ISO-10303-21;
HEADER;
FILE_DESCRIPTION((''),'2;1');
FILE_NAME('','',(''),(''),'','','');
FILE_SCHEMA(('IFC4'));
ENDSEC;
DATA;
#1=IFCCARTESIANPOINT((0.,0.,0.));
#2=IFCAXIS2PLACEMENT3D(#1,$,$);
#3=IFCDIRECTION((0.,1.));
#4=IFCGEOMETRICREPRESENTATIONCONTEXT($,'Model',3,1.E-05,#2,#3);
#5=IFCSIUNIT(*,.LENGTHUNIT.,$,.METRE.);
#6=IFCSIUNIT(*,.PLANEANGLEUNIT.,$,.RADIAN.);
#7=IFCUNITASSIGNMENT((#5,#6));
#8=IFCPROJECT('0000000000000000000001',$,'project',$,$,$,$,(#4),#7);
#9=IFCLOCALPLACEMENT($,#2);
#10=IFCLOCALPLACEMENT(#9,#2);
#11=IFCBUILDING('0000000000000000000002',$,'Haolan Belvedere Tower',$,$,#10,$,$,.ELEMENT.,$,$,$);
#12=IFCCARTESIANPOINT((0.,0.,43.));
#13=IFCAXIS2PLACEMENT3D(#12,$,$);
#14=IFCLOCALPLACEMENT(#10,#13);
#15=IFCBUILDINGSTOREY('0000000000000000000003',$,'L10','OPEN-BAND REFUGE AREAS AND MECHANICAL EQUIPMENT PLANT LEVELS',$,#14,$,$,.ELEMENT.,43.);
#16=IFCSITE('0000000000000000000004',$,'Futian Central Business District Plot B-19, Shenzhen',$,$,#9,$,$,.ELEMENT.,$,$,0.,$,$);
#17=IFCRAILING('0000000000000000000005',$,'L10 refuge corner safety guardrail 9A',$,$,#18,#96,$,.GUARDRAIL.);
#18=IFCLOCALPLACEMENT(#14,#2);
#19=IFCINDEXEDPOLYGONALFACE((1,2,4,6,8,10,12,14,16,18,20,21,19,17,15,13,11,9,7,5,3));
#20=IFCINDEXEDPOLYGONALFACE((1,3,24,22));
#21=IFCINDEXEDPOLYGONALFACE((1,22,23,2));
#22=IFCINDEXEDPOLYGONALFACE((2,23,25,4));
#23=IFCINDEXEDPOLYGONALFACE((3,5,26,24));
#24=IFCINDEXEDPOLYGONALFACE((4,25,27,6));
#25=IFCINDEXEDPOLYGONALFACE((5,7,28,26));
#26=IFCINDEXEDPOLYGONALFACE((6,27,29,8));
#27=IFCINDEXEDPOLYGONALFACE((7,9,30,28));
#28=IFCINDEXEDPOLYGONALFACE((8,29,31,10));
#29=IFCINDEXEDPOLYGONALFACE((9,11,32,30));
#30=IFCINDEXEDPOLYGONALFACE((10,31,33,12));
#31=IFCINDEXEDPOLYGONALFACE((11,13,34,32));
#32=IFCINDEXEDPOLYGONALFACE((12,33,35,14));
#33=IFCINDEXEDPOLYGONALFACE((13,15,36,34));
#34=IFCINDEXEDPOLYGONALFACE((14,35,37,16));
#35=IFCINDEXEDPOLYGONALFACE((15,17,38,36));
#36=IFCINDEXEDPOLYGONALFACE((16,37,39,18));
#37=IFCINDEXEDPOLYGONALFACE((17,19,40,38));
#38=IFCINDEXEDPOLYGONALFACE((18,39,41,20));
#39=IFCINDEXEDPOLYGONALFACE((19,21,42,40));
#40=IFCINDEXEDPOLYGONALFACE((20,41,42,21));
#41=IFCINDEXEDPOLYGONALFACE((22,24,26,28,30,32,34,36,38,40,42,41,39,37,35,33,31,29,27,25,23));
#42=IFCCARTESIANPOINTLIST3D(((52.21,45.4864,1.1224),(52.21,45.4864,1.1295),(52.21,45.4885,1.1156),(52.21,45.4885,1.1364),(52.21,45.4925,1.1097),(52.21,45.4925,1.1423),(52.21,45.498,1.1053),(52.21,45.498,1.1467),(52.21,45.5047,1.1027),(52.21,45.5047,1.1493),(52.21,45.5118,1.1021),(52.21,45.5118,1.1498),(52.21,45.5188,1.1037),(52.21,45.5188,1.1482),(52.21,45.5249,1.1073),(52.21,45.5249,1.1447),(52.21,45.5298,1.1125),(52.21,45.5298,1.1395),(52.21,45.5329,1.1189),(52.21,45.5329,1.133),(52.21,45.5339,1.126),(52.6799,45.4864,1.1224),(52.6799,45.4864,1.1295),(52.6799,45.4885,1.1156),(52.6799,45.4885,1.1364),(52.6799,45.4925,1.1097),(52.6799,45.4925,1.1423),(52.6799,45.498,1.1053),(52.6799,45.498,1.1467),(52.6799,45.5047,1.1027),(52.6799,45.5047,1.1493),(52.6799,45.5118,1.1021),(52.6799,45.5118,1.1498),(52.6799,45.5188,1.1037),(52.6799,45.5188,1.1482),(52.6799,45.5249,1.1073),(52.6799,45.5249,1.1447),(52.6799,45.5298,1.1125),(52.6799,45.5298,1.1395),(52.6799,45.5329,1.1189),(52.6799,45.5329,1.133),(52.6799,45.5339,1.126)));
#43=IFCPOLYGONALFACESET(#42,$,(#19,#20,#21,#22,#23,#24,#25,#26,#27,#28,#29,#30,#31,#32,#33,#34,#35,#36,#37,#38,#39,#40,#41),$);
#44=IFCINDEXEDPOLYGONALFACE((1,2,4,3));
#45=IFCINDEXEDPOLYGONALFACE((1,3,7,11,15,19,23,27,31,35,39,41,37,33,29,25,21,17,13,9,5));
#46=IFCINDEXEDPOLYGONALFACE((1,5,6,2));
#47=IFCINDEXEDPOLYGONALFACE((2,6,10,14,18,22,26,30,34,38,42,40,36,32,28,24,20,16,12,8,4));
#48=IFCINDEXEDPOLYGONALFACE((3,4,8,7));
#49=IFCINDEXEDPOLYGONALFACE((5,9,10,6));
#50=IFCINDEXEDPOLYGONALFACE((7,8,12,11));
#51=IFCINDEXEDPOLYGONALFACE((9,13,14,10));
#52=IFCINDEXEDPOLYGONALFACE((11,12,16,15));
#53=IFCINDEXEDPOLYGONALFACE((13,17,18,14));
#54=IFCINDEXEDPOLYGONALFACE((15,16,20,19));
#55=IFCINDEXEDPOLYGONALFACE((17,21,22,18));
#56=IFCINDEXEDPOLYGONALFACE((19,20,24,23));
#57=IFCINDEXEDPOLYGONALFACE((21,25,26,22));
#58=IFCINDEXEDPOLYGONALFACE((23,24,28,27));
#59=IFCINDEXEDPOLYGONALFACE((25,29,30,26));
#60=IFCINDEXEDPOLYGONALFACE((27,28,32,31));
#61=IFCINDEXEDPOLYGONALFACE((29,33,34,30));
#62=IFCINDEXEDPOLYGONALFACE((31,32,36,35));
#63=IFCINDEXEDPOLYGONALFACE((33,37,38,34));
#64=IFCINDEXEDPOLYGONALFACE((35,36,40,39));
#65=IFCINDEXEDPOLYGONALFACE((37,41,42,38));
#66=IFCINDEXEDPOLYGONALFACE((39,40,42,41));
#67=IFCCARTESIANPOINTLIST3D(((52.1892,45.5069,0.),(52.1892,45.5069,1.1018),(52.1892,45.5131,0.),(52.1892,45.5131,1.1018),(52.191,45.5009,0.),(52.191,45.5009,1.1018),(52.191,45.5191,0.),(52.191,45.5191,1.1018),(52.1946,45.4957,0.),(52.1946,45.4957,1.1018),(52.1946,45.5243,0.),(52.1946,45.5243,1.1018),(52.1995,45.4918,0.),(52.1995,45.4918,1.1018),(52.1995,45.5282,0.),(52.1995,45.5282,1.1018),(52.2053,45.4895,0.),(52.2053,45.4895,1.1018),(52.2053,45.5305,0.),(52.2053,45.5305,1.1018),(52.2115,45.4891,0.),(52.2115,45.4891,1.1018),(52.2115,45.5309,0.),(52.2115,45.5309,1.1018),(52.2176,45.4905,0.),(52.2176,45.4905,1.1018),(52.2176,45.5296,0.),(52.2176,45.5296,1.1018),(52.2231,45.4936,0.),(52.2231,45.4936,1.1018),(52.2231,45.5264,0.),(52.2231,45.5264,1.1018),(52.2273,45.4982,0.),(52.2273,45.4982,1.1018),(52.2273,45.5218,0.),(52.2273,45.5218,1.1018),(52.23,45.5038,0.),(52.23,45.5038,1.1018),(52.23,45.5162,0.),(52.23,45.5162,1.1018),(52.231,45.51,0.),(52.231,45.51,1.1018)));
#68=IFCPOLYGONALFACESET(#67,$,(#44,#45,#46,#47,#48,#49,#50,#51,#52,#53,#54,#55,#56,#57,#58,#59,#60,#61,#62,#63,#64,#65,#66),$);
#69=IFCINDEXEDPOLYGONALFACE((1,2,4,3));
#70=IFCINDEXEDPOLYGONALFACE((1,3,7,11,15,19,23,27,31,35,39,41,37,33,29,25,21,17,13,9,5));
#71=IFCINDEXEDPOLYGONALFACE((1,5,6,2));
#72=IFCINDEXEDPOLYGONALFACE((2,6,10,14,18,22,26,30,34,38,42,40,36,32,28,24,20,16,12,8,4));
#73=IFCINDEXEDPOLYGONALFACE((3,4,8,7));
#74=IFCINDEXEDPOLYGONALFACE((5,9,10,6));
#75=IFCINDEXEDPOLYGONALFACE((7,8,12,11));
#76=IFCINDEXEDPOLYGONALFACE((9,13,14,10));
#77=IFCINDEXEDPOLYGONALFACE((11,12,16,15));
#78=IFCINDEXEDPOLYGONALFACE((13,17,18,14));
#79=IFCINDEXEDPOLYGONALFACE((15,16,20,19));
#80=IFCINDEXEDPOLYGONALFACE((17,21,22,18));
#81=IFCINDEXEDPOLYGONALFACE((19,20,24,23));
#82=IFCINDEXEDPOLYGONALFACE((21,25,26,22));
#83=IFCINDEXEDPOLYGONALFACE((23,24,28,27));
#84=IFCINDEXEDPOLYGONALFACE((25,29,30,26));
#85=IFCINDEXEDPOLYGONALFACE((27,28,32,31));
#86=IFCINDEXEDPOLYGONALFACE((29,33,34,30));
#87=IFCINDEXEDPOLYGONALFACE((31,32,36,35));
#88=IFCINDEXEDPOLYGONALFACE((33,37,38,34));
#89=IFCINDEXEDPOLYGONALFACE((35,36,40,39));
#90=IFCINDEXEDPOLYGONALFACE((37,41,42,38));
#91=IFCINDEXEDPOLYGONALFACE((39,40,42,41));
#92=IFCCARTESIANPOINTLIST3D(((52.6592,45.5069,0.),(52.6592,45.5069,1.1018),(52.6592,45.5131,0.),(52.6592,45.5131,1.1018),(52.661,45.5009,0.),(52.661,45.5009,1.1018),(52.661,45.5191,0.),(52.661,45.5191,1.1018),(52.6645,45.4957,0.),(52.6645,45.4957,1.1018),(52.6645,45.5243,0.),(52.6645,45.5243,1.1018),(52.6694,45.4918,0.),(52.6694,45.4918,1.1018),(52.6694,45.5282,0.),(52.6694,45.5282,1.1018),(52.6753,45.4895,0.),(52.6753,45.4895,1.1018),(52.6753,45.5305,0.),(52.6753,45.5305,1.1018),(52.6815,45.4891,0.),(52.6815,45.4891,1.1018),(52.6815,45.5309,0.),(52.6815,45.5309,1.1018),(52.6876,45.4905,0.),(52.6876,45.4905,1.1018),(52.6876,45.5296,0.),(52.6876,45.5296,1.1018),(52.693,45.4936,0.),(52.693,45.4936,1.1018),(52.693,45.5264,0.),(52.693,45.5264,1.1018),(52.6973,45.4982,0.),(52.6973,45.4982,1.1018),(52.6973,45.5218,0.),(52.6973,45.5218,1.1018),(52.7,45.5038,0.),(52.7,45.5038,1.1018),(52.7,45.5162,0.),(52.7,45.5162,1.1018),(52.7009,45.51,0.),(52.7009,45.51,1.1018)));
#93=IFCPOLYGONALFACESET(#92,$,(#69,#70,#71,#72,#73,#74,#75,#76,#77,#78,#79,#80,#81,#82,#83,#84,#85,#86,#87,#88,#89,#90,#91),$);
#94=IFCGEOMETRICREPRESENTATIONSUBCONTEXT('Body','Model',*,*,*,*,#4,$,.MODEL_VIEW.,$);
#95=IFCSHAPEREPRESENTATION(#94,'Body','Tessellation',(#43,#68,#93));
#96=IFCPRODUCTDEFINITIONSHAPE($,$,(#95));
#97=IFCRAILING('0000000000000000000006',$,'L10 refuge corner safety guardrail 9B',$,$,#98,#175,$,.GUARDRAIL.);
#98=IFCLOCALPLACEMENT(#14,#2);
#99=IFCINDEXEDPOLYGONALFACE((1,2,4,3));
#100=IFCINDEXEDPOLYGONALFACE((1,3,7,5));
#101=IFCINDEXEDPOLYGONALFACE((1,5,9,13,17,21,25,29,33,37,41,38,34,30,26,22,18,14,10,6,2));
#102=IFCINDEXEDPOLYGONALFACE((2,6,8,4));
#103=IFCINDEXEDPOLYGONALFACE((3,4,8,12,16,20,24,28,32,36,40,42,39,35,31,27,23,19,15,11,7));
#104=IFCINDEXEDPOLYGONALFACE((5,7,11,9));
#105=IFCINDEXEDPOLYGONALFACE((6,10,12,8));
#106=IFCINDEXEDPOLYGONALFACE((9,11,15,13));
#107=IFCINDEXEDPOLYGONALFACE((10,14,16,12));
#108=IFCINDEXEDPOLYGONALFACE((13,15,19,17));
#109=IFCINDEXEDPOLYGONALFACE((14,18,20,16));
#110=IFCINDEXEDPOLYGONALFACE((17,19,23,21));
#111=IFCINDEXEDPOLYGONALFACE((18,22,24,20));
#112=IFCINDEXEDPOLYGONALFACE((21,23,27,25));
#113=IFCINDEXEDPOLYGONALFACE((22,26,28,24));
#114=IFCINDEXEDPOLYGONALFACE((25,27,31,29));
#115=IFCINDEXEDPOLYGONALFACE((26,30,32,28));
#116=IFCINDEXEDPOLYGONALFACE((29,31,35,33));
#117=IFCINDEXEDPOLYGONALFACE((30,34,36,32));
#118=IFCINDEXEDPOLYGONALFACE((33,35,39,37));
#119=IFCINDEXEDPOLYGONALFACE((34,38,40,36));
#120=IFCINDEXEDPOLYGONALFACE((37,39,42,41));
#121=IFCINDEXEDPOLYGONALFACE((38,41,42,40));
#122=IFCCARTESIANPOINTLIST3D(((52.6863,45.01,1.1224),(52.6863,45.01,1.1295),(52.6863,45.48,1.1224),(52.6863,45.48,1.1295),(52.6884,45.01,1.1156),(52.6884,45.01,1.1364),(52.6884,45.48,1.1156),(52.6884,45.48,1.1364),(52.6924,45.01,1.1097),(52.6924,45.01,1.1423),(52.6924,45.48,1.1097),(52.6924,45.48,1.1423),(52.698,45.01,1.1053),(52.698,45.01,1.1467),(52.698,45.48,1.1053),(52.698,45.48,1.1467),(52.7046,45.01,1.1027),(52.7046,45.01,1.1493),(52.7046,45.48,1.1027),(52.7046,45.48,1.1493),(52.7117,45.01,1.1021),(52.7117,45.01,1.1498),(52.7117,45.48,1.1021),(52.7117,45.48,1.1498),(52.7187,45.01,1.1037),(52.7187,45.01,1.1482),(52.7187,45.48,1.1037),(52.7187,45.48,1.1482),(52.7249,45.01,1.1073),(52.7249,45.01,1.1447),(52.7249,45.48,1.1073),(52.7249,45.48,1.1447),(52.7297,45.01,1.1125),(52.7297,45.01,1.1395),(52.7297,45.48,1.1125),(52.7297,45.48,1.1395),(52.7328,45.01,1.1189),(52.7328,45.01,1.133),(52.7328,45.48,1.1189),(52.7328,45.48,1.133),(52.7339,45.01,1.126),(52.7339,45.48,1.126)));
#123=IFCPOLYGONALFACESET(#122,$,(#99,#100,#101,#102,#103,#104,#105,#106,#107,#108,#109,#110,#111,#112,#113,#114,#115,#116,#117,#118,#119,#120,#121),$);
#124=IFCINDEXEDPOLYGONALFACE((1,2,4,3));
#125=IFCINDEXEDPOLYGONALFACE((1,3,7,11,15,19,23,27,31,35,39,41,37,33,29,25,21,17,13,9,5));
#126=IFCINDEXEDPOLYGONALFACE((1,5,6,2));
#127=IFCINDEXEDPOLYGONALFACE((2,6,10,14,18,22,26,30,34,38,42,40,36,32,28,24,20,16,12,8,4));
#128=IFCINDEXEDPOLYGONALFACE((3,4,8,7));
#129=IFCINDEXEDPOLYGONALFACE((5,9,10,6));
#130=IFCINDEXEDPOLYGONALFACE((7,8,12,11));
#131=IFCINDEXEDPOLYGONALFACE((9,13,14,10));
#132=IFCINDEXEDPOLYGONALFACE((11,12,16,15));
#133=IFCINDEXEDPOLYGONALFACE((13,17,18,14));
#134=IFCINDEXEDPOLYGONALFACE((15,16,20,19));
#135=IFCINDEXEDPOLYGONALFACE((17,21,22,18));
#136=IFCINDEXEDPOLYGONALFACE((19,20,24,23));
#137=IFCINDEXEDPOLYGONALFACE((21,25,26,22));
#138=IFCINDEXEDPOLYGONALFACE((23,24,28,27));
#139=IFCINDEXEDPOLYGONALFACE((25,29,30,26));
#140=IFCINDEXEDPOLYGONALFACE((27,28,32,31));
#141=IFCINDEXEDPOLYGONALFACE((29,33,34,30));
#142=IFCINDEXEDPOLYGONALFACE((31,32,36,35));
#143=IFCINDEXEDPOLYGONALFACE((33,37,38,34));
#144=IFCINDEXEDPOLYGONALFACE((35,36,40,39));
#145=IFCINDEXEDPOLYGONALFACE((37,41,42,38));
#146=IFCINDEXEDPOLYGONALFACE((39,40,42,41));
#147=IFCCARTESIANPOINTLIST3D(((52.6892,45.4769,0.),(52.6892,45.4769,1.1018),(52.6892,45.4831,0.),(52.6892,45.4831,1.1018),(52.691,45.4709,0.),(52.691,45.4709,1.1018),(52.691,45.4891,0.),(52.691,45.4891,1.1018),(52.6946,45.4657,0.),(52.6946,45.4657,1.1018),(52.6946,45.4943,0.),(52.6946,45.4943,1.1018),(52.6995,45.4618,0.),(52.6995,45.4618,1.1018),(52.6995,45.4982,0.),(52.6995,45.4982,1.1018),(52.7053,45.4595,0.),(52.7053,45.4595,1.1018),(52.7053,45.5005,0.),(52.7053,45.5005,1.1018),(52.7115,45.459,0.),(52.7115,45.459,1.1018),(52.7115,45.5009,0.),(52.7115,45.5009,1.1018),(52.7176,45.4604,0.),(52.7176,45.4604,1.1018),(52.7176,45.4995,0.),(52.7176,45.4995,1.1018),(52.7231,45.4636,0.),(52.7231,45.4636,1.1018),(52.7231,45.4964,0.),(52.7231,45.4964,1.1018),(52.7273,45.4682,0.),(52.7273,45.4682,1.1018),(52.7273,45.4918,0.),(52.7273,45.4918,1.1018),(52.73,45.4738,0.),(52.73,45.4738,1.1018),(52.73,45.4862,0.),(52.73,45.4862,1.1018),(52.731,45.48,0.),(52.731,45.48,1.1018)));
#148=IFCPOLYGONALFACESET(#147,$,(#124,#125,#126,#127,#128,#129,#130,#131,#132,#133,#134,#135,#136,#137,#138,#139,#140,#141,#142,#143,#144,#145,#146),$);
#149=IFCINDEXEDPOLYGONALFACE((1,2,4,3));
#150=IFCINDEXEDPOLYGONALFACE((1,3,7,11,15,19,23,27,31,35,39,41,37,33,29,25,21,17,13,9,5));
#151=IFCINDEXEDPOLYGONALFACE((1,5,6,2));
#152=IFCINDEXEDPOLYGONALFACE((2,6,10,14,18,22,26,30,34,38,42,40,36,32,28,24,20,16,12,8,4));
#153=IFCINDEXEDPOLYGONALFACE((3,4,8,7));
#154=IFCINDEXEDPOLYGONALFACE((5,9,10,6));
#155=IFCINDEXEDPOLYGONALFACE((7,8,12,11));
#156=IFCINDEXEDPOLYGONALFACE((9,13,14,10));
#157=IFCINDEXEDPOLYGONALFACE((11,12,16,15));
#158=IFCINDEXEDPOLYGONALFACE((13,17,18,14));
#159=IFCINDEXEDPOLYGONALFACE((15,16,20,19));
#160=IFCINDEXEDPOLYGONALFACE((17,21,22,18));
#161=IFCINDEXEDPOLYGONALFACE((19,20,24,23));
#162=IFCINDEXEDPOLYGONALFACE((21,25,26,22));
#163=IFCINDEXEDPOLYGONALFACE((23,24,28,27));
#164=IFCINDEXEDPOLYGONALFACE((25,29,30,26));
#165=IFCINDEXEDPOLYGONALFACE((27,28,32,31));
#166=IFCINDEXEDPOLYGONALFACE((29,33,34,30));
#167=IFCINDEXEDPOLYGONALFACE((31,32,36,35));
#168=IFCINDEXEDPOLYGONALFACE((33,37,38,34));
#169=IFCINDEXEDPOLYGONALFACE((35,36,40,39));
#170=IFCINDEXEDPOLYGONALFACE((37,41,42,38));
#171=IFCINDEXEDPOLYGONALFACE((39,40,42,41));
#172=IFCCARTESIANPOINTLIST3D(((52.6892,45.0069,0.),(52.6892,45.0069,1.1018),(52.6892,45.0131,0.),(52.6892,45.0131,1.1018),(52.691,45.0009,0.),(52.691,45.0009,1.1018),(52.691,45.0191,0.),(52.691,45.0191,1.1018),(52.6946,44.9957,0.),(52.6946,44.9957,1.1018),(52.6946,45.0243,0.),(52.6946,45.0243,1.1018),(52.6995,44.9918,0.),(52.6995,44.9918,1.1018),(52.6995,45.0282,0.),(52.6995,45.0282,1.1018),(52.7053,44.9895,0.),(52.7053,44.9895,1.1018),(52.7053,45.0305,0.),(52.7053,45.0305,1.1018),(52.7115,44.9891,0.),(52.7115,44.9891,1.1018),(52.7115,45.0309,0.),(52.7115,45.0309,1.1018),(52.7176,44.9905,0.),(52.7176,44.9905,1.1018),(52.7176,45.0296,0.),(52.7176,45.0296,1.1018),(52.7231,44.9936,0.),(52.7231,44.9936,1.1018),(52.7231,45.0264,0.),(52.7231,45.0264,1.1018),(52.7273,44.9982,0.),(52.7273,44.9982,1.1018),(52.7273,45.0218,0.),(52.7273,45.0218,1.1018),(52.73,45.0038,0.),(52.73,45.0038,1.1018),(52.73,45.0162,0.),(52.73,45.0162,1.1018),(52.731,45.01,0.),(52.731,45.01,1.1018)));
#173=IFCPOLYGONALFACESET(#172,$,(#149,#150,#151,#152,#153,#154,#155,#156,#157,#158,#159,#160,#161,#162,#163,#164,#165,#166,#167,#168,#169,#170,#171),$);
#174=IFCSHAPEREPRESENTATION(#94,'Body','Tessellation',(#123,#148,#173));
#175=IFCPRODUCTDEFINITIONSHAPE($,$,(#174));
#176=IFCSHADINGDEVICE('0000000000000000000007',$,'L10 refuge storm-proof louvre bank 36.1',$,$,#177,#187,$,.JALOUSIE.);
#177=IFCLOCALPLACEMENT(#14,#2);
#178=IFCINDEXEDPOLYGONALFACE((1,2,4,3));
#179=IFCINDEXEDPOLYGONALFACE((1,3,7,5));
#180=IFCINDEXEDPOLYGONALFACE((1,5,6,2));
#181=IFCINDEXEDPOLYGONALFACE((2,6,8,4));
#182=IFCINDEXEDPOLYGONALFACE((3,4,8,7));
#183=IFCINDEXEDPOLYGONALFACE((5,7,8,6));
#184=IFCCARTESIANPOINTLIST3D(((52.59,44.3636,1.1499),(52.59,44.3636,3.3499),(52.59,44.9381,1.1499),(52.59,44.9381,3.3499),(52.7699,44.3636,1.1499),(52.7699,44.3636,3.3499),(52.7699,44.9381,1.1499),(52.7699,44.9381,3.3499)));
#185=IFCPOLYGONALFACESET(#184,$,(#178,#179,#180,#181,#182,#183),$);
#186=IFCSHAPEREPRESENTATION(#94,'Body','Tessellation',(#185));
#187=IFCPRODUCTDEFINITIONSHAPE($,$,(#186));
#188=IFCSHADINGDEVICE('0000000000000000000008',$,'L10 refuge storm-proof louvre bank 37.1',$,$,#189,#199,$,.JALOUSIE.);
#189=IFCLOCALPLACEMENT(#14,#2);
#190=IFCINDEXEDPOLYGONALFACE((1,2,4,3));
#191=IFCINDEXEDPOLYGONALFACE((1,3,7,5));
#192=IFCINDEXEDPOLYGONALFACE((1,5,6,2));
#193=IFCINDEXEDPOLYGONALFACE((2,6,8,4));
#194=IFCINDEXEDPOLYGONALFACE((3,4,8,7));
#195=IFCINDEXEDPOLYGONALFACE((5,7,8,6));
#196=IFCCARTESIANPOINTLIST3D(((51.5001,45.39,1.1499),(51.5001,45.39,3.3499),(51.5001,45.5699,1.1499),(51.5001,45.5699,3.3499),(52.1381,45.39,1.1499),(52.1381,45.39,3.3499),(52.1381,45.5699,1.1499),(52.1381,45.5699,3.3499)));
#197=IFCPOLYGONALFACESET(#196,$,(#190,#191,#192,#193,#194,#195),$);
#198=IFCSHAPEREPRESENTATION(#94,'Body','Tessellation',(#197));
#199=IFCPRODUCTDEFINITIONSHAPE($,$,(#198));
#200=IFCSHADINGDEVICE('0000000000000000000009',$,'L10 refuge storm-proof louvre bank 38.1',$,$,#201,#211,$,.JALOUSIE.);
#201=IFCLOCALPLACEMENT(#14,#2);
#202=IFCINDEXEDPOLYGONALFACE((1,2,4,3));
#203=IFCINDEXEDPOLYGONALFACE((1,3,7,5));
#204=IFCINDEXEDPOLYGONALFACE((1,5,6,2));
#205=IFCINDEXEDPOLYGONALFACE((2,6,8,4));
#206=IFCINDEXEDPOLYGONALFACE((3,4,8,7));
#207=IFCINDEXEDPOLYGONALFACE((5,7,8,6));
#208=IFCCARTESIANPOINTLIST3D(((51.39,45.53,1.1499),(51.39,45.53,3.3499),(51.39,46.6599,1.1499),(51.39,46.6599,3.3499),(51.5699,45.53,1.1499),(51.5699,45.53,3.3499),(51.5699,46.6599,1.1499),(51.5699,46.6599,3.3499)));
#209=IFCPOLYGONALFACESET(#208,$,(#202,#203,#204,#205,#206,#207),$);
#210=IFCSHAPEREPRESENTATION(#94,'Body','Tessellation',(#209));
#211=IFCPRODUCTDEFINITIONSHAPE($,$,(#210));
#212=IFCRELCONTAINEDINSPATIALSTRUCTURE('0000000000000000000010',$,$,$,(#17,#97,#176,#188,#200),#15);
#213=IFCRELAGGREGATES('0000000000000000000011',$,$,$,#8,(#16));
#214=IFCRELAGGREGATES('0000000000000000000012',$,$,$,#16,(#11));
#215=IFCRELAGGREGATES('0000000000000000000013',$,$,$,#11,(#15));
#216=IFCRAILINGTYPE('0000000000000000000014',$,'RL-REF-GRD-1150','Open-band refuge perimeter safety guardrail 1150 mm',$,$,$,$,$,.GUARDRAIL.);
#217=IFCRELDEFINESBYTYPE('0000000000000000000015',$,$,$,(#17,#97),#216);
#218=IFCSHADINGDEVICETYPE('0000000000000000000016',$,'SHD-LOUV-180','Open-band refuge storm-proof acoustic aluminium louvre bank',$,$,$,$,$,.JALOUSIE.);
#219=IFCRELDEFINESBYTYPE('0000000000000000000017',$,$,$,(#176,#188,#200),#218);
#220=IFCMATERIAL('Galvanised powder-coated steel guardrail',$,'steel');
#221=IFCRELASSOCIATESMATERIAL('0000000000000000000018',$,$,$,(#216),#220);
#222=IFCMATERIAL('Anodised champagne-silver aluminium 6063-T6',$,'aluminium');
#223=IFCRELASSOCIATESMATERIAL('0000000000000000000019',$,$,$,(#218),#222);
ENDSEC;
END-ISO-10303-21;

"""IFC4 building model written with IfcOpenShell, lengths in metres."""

from ifc_helpers import new_model, si_unit, direction, frame, origin, origin_2d, place, context, subcontext, project, spatial, rectangle, circle, extrude, material, type_object, element, save


model = new_model("IFC4")

# Units and contexts
model_context = context("Model", 3, precision=1e-05, world=origin(), true_north=direction((0.0, 1.0)))
body_context = subcontext(model_context, "Body", "Model", "MODEL_VIEW")
ifc_project = project(units=[si_unit("LENGTHUNIT", "METRE"), si_unit("PLANEANGLEUNIT", "RADIAN")], contexts=[model_context])

# Site, building, storey
site_placement = place(None, origin())
site = spatial("IfcSite", under=ifc_project, at=site_placement, Name="Futian Central Business District Plot B-19, Shenzhen", CompositionType="ELEMENT", RefElevation=0.0)
building_placement = place(site_placement, origin())
building = spatial("IfcBuilding", under=site, at=building_placement, Name="Haolan Belvedere Tower", CompositionType="ELEMENT")
storey_placement = place(building_placement, frame((0.0, 0.0, 43.0)))
storey = spatial("IfcBuildingStorey", under=building, at=storey_placement, Name="L10", Description="OPEN-BAND REFUGE AREAS AND MECHANICAL EQUIPMENT PLANT LEVELS", CompositionType="ELEMENT", Elevation=43.0)

# Railings
ifc_material_1 = material(Name="Galvanised powder-coated steel guardrail", Category="steel")
railing_type = type_object("IfcRailingType", Name="RL-REF-GRD-1150", Description="Open-band refuge perimeter safety guardrail 1150 mm", PredefinedType="GUARDRAIL", material=ifc_material_1)
railing_1_placement = place(storey_placement, frame((52.21, 45.51, 0.0)))
element("IfcRailing", 1, at=railing_1_placement, inside=storey, type_object=railing_type, Name="L10 refuge corner safety guardrail 9A", PredefinedType="GUARDRAIL", context=body_context, shape_type="SweptSolid", body=[
    extrude(circle(Radius=0.0239, at=origin_2d()), frame((0.0, 0.0, 1.126), z_axis=(1.0, 0.0, 0.0), x_axis=(0.0, 1.0, 0.0)), (0.0, 0.0, 1.0), 0.47),
    extrude(circle(Radius=0.021, at=origin_2d()), origin(), (0.0, 0.0, 1.0), 1.1018),
    extrude(circle(Radius=0.021, at=origin_2d()), frame((0.47, 0.0, 0.0)), (0.0, 0.0, 1.0), 1.1018),
])
railing_2_placement = place(storey_placement, frame((52.71, 45.48, 0.0)))
element("IfcRailing", 2, at=railing_2_placement, inside=storey, type_object=railing_type, Name="L10 refuge corner safety guardrail 9B", PredefinedType="GUARDRAIL", context=body_context, shape_type="SweptSolid", body=[
    extrude(circle(Radius=0.0239, at=origin_2d()), frame((0.0, 0.0, 1.126), z_axis=(0.0, -1.0, 0.0), x_axis=(1.0, 0.0, 0.0)), (0.0, 0.0, 1.0), 0.47),
    extrude(circle(Radius=0.021, at=origin_2d()), origin(), (0.0, 0.0, 1.0), 1.1018),
    extrude(circle(Radius=0.021, at=origin_2d()), frame((0.0, -0.47, 0.0)), (0.0, 0.0, 1.0), 1.1018),
])

# Shading devices
ifc_material_2 = material(Name="Anodised champagne-silver aluminium 6063-T6", Category="aluminium")
shading_device_type = type_object("IfcShadingDeviceType", Name="SHD-LOUV-180", Description="Open-band refuge storm-proof acoustic aluminium louvre bank", PredefinedType="JALOUSIE", material=ifc_material_2)
shading_device_1_placement = place(storey_placement, frame((52.6799, 44.6509, 1.1499), z_axis=(0.0, 0.0, 1.0), x_axis=(0.0, 1.0, 0.0)))
element("IfcShadingDevice", 3, at=shading_device_1_placement, inside=storey, type_object=shading_device_type, Name="L10 refuge storm-proof louvre bank 36.1", PredefinedType="JALOUSIE", context=body_context, shape_type="SweptSolid", body=[
    extrude(rectangle(XDim=0.5745, YDim=0.1799, at=origin_2d()), origin(), (0.0, 0.0, 1.0), 2.2),
])
shading_device_2_placement = place(storey_placement, frame((51.8191, 45.48, 1.1499), z_axis=(0.0, 0.0, 1.0), x_axis=(-1.0, 0.0, 0.0)))
element("IfcShadingDevice", 4, at=shading_device_2_placement, inside=storey, type_object=shading_device_type, Name="L10 refuge storm-proof louvre bank 37.1", PredefinedType="JALOUSIE", context=body_context, shape_type="SweptSolid", body=[
    extrude(rectangle(XDim=0.6379, YDim=0.1799, at=origin_2d()), origin(), (0.0, 0.0, 1.0), 2.2),
])
for number, where, z_axis, x_axis, name in (
    (5, (51.48, 46.095, 1.1499), (0.0, 0.0, 1.0), (0.0, 1.0, 0.0), "L10 refuge storm-proof louvre bank 38.1"),
):
    element("IfcShadingDevice", number, at=place(storey_placement, frame(where, z_axis=z_axis, x_axis=x_axis)), inside=storey, type_object=shading_device_type, Name=name, PredefinedType="JALOUSIE", context=body_context, shape_type="SweptSolid", body=[
        extrude(rectangle(XDim=1.1299, YDim=0.1799, at=origin_2d()), origin(), (0.0, 0.0, 1.0), 2.2),
    ])

save(model, "model.ifc")
